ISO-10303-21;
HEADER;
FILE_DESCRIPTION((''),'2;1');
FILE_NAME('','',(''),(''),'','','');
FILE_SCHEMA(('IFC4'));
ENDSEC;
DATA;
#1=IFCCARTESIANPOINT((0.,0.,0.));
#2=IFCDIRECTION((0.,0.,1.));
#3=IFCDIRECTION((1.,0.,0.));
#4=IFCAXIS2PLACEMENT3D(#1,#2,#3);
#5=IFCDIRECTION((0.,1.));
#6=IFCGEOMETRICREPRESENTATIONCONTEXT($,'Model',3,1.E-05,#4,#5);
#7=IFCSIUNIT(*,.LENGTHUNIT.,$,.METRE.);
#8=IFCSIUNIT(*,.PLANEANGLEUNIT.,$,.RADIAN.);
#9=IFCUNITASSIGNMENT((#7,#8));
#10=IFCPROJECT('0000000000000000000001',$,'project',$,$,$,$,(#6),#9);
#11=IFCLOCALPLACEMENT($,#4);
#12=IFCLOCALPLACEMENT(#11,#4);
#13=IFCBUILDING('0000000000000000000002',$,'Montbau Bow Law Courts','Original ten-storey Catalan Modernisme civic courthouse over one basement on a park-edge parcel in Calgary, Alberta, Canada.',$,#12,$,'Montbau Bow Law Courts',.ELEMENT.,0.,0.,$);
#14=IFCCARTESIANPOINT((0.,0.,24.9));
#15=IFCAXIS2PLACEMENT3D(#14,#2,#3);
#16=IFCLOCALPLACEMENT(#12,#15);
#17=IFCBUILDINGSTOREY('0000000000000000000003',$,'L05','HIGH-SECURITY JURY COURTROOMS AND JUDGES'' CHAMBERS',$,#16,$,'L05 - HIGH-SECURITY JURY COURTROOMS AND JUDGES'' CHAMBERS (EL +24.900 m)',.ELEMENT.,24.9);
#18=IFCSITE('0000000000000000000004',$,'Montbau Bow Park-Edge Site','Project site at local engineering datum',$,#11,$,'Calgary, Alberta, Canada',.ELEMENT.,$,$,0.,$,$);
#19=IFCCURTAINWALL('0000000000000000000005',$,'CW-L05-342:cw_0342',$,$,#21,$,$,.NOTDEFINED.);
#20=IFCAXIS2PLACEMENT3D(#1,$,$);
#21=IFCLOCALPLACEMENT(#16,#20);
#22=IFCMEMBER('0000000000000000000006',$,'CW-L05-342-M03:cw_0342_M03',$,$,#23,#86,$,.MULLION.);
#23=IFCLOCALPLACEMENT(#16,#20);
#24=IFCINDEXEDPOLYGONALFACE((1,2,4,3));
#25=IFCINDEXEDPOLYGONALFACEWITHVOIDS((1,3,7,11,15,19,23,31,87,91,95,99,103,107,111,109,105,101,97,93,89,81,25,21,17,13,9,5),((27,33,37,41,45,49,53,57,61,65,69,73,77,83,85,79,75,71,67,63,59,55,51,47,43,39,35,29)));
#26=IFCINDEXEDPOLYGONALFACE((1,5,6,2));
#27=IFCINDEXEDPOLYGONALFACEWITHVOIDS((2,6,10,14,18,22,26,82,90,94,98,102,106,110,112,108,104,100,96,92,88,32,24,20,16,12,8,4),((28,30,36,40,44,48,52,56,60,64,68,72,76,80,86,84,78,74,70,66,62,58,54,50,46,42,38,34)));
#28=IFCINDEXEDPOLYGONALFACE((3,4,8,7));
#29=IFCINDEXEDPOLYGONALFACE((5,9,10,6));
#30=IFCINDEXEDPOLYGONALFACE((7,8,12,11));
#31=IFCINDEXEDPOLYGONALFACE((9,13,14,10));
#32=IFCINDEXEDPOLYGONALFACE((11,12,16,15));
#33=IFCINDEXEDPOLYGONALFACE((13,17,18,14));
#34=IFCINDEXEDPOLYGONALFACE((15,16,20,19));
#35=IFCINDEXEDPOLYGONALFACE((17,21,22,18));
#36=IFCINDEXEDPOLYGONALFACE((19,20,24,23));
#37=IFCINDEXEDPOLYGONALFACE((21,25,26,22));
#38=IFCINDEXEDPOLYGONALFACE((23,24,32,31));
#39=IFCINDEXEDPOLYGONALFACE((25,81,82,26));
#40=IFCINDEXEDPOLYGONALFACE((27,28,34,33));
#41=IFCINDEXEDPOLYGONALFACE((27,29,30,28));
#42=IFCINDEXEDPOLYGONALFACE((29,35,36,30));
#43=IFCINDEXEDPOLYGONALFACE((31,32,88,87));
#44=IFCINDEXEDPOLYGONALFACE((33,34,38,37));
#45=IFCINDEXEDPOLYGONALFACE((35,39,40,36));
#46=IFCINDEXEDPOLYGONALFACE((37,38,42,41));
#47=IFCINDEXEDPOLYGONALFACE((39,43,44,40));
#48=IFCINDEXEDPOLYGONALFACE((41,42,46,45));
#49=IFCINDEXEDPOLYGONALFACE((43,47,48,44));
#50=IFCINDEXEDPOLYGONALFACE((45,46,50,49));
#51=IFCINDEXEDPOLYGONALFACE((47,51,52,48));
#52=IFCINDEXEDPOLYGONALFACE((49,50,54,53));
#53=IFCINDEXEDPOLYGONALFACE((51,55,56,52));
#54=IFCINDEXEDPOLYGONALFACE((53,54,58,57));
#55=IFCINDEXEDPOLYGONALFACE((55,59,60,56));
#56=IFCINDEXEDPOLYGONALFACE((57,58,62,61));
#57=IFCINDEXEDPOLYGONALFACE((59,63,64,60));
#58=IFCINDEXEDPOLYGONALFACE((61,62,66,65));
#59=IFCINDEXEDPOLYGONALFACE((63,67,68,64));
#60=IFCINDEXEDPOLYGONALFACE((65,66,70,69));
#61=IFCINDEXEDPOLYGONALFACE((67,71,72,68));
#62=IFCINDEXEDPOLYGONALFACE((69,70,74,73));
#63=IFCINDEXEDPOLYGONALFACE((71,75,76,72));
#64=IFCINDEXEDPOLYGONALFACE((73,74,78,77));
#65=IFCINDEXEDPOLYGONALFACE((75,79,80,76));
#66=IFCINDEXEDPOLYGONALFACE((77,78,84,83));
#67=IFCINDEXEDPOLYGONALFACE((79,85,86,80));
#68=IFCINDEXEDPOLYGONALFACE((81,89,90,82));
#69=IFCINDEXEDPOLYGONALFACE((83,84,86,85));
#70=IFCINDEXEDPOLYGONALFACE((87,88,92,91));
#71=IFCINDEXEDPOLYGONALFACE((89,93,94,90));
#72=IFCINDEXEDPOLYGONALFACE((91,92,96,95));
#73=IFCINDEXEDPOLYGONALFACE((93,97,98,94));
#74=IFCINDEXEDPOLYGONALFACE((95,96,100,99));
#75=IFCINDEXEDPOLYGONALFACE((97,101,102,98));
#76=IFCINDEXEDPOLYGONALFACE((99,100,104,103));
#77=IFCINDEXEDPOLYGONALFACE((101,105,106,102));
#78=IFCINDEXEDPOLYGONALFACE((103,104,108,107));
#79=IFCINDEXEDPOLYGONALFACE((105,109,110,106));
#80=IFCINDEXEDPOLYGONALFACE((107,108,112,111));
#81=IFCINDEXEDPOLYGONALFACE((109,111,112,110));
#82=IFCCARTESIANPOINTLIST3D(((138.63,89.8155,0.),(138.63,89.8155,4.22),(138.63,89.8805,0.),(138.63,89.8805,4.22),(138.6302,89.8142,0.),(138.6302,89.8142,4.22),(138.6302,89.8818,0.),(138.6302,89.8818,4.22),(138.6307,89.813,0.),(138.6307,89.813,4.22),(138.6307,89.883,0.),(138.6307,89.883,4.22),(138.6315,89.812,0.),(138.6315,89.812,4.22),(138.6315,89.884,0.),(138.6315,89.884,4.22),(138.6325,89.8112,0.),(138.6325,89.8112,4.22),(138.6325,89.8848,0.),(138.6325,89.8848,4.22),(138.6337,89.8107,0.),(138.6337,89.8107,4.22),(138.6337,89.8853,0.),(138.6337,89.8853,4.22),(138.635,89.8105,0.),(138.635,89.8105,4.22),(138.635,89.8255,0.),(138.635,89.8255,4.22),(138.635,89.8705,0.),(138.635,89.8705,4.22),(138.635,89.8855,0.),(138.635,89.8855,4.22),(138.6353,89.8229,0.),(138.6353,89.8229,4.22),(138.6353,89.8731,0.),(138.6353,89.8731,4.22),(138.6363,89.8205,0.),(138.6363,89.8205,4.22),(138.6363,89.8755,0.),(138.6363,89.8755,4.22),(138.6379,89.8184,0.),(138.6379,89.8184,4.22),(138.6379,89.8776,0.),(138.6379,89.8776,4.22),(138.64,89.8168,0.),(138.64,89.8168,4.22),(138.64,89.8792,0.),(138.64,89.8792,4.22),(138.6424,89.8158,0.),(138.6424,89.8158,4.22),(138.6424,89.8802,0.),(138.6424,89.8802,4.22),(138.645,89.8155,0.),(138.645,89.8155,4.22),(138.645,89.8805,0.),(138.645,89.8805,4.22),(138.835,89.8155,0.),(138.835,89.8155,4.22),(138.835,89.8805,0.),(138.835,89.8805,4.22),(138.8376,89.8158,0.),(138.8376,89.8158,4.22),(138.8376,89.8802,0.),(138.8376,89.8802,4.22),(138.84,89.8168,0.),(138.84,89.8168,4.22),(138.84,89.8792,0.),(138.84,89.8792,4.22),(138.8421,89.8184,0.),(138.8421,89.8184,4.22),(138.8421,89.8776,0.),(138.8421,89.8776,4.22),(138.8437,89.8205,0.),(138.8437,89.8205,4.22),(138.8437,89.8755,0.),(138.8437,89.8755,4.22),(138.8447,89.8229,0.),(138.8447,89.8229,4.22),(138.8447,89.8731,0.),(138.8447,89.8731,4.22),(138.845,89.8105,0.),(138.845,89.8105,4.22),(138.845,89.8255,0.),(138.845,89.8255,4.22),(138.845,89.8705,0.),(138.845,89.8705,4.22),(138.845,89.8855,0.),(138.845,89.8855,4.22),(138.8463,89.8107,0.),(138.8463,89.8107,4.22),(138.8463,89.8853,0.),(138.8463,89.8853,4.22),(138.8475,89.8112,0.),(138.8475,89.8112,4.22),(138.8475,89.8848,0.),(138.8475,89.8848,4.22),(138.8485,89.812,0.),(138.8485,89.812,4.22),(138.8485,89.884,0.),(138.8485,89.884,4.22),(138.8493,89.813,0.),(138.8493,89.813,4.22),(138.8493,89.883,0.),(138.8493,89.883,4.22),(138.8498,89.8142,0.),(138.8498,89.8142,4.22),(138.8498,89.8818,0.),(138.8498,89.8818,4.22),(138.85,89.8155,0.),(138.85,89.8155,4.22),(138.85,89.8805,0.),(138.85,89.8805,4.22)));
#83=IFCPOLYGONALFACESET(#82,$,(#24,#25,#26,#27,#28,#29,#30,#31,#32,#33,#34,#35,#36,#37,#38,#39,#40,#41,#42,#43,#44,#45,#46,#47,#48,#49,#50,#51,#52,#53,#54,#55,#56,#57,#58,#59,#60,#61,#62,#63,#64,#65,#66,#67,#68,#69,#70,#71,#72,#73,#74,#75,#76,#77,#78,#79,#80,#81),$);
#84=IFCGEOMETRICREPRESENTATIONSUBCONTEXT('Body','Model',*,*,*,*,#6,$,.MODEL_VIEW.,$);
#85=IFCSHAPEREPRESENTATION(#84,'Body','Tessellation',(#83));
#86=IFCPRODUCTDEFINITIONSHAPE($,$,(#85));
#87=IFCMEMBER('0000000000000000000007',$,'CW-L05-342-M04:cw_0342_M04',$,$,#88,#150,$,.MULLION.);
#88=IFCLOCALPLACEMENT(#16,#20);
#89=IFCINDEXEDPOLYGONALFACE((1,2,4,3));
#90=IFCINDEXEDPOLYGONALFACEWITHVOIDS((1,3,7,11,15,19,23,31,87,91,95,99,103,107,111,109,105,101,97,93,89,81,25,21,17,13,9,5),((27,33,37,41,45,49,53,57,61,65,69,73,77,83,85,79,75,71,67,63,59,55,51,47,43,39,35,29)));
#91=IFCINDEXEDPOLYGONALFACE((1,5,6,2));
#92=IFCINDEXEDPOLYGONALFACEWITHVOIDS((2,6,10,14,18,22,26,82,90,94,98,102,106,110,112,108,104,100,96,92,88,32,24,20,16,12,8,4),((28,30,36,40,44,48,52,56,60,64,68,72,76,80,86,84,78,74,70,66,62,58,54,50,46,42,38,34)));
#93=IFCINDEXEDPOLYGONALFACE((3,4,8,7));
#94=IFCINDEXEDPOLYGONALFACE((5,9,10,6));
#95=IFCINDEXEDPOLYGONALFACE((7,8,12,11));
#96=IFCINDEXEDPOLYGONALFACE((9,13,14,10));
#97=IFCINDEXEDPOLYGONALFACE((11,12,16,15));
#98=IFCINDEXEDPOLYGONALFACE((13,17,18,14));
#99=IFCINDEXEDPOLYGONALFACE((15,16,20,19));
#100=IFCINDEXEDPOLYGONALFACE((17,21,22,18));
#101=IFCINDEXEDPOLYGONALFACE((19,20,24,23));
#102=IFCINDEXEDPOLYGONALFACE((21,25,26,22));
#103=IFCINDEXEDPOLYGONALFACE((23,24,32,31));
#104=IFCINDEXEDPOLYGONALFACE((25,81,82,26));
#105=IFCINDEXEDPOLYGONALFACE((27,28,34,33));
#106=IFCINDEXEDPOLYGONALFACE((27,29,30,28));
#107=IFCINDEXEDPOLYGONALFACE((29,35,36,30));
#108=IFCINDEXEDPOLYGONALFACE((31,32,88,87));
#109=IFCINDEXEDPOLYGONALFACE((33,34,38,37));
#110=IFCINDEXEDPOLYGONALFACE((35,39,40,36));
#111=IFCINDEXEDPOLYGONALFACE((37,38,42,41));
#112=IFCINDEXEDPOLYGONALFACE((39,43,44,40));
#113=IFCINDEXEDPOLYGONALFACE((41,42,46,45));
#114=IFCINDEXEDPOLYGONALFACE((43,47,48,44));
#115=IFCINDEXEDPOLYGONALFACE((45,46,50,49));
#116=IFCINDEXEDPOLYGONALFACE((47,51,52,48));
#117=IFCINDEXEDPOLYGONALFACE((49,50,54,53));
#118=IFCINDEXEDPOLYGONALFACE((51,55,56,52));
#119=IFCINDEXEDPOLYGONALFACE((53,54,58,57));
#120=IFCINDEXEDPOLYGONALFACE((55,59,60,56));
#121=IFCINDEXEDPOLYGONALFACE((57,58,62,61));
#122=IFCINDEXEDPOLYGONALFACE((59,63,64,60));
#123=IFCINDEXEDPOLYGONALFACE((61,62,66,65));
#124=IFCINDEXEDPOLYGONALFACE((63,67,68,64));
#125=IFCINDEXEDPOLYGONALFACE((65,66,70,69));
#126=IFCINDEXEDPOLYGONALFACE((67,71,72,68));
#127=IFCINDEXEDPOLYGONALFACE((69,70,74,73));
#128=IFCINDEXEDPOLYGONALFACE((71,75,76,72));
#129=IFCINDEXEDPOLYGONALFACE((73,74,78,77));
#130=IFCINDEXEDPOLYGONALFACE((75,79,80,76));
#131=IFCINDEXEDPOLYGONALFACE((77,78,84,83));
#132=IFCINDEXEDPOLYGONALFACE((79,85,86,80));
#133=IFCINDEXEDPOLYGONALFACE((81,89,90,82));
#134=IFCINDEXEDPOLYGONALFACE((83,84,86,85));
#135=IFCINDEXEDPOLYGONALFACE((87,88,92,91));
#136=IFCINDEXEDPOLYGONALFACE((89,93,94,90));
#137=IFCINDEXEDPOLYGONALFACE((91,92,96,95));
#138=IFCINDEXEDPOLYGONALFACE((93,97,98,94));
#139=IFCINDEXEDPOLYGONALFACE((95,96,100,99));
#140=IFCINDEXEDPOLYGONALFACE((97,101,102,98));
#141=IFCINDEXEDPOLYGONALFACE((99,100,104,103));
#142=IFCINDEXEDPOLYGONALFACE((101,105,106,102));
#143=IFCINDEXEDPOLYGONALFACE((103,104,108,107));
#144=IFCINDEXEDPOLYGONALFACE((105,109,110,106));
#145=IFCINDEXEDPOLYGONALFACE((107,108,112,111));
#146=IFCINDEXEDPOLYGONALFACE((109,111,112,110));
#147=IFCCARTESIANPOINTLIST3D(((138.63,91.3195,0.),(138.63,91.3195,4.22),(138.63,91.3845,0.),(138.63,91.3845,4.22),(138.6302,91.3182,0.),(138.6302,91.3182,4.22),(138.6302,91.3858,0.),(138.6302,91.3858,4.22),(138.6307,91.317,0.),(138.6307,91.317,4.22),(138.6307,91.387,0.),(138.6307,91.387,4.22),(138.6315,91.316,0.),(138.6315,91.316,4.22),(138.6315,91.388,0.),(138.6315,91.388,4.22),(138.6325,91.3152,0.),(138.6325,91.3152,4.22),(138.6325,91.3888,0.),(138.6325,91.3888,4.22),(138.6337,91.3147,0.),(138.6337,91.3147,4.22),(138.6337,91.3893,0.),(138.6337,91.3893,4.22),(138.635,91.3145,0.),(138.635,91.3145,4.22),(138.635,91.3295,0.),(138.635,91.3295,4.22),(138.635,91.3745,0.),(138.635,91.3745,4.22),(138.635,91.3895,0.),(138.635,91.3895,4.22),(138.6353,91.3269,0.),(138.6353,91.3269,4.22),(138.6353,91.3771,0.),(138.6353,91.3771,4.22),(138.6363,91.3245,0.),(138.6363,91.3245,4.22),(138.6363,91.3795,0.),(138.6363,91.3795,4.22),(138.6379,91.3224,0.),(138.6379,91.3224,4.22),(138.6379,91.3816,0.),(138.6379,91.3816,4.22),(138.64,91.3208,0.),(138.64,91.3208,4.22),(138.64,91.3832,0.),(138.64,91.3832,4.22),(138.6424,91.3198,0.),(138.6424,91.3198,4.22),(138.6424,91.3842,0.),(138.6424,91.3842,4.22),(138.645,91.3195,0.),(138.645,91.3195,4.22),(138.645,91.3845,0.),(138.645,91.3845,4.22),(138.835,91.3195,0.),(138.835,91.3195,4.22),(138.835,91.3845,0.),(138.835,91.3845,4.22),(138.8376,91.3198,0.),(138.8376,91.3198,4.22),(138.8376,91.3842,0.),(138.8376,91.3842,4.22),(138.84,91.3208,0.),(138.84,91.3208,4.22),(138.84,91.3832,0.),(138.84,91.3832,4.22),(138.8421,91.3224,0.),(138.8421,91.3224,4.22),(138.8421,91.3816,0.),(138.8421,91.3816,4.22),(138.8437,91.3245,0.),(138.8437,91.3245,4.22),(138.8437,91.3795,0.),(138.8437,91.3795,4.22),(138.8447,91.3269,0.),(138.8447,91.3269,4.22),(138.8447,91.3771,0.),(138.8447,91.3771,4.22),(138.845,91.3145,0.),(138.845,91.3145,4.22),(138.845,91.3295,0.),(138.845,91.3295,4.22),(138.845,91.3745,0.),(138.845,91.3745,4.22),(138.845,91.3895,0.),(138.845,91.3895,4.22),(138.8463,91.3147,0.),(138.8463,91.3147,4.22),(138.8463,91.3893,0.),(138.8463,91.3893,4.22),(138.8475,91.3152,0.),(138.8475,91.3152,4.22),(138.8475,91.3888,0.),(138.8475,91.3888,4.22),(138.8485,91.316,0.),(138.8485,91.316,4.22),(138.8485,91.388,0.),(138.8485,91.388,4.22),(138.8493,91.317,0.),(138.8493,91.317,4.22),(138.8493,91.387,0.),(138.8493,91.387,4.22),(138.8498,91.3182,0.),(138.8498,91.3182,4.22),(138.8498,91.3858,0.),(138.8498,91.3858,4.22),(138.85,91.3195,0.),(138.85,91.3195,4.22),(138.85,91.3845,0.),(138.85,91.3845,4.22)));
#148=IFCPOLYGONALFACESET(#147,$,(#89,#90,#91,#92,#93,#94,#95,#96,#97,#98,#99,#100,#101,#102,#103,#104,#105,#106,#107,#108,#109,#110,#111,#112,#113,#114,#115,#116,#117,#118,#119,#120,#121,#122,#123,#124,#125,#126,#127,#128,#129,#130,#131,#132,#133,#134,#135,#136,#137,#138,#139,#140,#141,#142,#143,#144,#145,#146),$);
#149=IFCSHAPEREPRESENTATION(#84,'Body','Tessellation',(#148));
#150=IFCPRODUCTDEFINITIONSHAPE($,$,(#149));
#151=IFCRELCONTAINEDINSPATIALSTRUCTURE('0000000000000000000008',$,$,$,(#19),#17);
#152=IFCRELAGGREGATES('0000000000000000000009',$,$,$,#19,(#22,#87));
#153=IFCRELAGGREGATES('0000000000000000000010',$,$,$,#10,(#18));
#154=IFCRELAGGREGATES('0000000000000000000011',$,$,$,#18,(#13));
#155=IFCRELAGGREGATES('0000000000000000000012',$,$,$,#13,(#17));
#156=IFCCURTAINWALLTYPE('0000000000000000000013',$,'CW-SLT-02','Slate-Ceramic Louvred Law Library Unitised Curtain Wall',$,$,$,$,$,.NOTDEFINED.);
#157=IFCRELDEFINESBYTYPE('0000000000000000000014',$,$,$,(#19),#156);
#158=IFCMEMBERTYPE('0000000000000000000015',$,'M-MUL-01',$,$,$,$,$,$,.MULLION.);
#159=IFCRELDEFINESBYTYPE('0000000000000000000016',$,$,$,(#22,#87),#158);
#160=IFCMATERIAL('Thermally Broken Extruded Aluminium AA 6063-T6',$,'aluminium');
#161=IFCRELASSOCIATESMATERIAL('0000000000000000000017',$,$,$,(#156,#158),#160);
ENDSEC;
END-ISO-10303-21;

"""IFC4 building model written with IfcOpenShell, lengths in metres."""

from ifc_helpers import new_model, si_unit, direction, frame, origin_with_axes, origin_2d_with_axis, place, context, subcontext, project, spatial, hollow_rectangle, extrude, material, material_profile, profile_set, type_object, element, aggregate, save


model = new_model("IFC4")

# Units and contexts
model_context = context("Model", 3, precision=1e-05, world=origin_with_axes(), true_north=direction((0.0, 1.0)))
body_context = subcontext(model_context, "Body", "Model", "MODEL_VIEW")
ifc_project = project(units=[si_unit("LENGTHUNIT", "METRE"), si_unit("PLANEANGLEUNIT", "RADIAN")], contexts=[model_context])

# Site, building, storey
site_placement = place(None, origin_with_axes())
site = spatial("IfcSite", under=ifc_project, at=site_placement, Name="Montbau Bow Park-Edge Site", Description="Project site at local engineering datum", LongName="Calgary, Alberta, Canada", CompositionType="ELEMENT", RefElevation=0.0)
building_placement = place(site_placement, origin_with_axes())
building = spatial("IfcBuilding", under=site, at=building_placement, Name="Montbau Bow Law Courts", Description="Original ten-storey Catalan Modernisme civic courthouse over one basement on a park-edge parcel in Calgary, Alberta, Canada.", LongName="Montbau Bow Law Courts", CompositionType="ELEMENT", ElevationOfRefHeight=0.0, ElevationOfTerrain=0.0)
storey_placement = place(building_placement, frame((0.0, 0.0, 24.9), z_axis=(0.0, 0.0, 1.0), x_axis=(1.0, 0.0, 0.0)))
storey = spatial("IfcBuildingStorey", under=building, at=storey_placement, Name="L05", Description="HIGH-SECURITY JURY COURTROOMS AND JUDGES' CHAMBERS", LongName="L05 - HIGH-SECURITY JURY COURTROOMS AND JUDGES' CHAMBERS (EL +24.900 m)", CompositionType="ELEMENT", Elevation=24.9)

# Curtain wall, members
ifc_material_1 = material(Name="Thermally Broken Extruded Aluminium AA 6063-T6", Category="aluminium")
curtain_wall_type = type_object("IfcCurtainWallType", Name="CW-SLT-02", Description="Slate-Ceramic Louvred Law Library Unitised Curtain Wall", PredefinedType="NOTDEFINED", material=ifc_material_1)
curtain_wall_placement = place(None, frame((138.74, 86.84, 24.9), z_axis=(0.0, 0.0, 1.0), x_axis=(1.0, 0.0, 0.0)))
curtain_wall = element("IfcCurtainWall", 1, at=curtain_wall_placement, inside=storey, type_object=curtain_wall_type, Name="CW-L05-342:cw_0342", PredefinedType="NOTDEFINED")
ifc_material_profile_1 = material_profile(ifc_material_1, hollow_rectangle(XDim=0.075, YDim=0.22, WallThickness=0.005, InnerFilletRadius=0.01, OuterFilletRadius=0.005, at=origin_2d_with_axis()), Name="CWM-220X75", Category="Main", Priority=0)
ifc_profile_set_1 = profile_set([ifc_material_profile_1], Name="Thermally Broken Extruded Aluminium AA 6063-T6")
member_type_1 = type_object("IfcMemberType", Name="M-MUL-01", PredefinedType="MULLION", material=ifc_profile_set_1)
member_1_placement = place(None, frame((138.74, 89.848, 24.9), z_axis=(0.0, 0.0, 1.0), x_axis=(0.0, 1.0, 0.0)))
member_1 = element("IfcMember", 2, at=member_1_placement, type_object=member_type_1, Name="CW-L05-342-M03:cw_0342_M03", PredefinedType="MULLION", context=body_context, shape_type="SweptSolid", body=[
    extrude(hollow_rectangle(XDim=0.075, YDim=0.22, WallThickness=0.005, InnerFilletRadius=0.01, OuterFilletRadius=0.005, at=origin_2d_with_axis()), origin_with_axes(), (0.0, 0.0, 1.0), 4.22),
])
member_2_placement = place(None, frame((138.74, 91.352, 24.9), z_axis=(0.0, 0.0, 1.0), x_axis=(0.0, 1.0, 0.0)))
member_2 = element("IfcMember", 3, at=member_2_placement, type_object=member_type_1, Name="CW-L05-342-M04:cw_0342_M04", PredefinedType="MULLION", context=body_context, shape_type="SweptSolid", body=[
    extrude(hollow_rectangle(XDim=0.075, YDim=0.22, WallThickness=0.005, InnerFilletRadius=0.01, OuterFilletRadius=0.005, at=origin_2d_with_axis()), origin_with_axes(), (0.0, 0.0, 1.0), 4.22),
])
aggregate(curtain_wall, [member_1, member_2])

save(model, "model.ifc")
